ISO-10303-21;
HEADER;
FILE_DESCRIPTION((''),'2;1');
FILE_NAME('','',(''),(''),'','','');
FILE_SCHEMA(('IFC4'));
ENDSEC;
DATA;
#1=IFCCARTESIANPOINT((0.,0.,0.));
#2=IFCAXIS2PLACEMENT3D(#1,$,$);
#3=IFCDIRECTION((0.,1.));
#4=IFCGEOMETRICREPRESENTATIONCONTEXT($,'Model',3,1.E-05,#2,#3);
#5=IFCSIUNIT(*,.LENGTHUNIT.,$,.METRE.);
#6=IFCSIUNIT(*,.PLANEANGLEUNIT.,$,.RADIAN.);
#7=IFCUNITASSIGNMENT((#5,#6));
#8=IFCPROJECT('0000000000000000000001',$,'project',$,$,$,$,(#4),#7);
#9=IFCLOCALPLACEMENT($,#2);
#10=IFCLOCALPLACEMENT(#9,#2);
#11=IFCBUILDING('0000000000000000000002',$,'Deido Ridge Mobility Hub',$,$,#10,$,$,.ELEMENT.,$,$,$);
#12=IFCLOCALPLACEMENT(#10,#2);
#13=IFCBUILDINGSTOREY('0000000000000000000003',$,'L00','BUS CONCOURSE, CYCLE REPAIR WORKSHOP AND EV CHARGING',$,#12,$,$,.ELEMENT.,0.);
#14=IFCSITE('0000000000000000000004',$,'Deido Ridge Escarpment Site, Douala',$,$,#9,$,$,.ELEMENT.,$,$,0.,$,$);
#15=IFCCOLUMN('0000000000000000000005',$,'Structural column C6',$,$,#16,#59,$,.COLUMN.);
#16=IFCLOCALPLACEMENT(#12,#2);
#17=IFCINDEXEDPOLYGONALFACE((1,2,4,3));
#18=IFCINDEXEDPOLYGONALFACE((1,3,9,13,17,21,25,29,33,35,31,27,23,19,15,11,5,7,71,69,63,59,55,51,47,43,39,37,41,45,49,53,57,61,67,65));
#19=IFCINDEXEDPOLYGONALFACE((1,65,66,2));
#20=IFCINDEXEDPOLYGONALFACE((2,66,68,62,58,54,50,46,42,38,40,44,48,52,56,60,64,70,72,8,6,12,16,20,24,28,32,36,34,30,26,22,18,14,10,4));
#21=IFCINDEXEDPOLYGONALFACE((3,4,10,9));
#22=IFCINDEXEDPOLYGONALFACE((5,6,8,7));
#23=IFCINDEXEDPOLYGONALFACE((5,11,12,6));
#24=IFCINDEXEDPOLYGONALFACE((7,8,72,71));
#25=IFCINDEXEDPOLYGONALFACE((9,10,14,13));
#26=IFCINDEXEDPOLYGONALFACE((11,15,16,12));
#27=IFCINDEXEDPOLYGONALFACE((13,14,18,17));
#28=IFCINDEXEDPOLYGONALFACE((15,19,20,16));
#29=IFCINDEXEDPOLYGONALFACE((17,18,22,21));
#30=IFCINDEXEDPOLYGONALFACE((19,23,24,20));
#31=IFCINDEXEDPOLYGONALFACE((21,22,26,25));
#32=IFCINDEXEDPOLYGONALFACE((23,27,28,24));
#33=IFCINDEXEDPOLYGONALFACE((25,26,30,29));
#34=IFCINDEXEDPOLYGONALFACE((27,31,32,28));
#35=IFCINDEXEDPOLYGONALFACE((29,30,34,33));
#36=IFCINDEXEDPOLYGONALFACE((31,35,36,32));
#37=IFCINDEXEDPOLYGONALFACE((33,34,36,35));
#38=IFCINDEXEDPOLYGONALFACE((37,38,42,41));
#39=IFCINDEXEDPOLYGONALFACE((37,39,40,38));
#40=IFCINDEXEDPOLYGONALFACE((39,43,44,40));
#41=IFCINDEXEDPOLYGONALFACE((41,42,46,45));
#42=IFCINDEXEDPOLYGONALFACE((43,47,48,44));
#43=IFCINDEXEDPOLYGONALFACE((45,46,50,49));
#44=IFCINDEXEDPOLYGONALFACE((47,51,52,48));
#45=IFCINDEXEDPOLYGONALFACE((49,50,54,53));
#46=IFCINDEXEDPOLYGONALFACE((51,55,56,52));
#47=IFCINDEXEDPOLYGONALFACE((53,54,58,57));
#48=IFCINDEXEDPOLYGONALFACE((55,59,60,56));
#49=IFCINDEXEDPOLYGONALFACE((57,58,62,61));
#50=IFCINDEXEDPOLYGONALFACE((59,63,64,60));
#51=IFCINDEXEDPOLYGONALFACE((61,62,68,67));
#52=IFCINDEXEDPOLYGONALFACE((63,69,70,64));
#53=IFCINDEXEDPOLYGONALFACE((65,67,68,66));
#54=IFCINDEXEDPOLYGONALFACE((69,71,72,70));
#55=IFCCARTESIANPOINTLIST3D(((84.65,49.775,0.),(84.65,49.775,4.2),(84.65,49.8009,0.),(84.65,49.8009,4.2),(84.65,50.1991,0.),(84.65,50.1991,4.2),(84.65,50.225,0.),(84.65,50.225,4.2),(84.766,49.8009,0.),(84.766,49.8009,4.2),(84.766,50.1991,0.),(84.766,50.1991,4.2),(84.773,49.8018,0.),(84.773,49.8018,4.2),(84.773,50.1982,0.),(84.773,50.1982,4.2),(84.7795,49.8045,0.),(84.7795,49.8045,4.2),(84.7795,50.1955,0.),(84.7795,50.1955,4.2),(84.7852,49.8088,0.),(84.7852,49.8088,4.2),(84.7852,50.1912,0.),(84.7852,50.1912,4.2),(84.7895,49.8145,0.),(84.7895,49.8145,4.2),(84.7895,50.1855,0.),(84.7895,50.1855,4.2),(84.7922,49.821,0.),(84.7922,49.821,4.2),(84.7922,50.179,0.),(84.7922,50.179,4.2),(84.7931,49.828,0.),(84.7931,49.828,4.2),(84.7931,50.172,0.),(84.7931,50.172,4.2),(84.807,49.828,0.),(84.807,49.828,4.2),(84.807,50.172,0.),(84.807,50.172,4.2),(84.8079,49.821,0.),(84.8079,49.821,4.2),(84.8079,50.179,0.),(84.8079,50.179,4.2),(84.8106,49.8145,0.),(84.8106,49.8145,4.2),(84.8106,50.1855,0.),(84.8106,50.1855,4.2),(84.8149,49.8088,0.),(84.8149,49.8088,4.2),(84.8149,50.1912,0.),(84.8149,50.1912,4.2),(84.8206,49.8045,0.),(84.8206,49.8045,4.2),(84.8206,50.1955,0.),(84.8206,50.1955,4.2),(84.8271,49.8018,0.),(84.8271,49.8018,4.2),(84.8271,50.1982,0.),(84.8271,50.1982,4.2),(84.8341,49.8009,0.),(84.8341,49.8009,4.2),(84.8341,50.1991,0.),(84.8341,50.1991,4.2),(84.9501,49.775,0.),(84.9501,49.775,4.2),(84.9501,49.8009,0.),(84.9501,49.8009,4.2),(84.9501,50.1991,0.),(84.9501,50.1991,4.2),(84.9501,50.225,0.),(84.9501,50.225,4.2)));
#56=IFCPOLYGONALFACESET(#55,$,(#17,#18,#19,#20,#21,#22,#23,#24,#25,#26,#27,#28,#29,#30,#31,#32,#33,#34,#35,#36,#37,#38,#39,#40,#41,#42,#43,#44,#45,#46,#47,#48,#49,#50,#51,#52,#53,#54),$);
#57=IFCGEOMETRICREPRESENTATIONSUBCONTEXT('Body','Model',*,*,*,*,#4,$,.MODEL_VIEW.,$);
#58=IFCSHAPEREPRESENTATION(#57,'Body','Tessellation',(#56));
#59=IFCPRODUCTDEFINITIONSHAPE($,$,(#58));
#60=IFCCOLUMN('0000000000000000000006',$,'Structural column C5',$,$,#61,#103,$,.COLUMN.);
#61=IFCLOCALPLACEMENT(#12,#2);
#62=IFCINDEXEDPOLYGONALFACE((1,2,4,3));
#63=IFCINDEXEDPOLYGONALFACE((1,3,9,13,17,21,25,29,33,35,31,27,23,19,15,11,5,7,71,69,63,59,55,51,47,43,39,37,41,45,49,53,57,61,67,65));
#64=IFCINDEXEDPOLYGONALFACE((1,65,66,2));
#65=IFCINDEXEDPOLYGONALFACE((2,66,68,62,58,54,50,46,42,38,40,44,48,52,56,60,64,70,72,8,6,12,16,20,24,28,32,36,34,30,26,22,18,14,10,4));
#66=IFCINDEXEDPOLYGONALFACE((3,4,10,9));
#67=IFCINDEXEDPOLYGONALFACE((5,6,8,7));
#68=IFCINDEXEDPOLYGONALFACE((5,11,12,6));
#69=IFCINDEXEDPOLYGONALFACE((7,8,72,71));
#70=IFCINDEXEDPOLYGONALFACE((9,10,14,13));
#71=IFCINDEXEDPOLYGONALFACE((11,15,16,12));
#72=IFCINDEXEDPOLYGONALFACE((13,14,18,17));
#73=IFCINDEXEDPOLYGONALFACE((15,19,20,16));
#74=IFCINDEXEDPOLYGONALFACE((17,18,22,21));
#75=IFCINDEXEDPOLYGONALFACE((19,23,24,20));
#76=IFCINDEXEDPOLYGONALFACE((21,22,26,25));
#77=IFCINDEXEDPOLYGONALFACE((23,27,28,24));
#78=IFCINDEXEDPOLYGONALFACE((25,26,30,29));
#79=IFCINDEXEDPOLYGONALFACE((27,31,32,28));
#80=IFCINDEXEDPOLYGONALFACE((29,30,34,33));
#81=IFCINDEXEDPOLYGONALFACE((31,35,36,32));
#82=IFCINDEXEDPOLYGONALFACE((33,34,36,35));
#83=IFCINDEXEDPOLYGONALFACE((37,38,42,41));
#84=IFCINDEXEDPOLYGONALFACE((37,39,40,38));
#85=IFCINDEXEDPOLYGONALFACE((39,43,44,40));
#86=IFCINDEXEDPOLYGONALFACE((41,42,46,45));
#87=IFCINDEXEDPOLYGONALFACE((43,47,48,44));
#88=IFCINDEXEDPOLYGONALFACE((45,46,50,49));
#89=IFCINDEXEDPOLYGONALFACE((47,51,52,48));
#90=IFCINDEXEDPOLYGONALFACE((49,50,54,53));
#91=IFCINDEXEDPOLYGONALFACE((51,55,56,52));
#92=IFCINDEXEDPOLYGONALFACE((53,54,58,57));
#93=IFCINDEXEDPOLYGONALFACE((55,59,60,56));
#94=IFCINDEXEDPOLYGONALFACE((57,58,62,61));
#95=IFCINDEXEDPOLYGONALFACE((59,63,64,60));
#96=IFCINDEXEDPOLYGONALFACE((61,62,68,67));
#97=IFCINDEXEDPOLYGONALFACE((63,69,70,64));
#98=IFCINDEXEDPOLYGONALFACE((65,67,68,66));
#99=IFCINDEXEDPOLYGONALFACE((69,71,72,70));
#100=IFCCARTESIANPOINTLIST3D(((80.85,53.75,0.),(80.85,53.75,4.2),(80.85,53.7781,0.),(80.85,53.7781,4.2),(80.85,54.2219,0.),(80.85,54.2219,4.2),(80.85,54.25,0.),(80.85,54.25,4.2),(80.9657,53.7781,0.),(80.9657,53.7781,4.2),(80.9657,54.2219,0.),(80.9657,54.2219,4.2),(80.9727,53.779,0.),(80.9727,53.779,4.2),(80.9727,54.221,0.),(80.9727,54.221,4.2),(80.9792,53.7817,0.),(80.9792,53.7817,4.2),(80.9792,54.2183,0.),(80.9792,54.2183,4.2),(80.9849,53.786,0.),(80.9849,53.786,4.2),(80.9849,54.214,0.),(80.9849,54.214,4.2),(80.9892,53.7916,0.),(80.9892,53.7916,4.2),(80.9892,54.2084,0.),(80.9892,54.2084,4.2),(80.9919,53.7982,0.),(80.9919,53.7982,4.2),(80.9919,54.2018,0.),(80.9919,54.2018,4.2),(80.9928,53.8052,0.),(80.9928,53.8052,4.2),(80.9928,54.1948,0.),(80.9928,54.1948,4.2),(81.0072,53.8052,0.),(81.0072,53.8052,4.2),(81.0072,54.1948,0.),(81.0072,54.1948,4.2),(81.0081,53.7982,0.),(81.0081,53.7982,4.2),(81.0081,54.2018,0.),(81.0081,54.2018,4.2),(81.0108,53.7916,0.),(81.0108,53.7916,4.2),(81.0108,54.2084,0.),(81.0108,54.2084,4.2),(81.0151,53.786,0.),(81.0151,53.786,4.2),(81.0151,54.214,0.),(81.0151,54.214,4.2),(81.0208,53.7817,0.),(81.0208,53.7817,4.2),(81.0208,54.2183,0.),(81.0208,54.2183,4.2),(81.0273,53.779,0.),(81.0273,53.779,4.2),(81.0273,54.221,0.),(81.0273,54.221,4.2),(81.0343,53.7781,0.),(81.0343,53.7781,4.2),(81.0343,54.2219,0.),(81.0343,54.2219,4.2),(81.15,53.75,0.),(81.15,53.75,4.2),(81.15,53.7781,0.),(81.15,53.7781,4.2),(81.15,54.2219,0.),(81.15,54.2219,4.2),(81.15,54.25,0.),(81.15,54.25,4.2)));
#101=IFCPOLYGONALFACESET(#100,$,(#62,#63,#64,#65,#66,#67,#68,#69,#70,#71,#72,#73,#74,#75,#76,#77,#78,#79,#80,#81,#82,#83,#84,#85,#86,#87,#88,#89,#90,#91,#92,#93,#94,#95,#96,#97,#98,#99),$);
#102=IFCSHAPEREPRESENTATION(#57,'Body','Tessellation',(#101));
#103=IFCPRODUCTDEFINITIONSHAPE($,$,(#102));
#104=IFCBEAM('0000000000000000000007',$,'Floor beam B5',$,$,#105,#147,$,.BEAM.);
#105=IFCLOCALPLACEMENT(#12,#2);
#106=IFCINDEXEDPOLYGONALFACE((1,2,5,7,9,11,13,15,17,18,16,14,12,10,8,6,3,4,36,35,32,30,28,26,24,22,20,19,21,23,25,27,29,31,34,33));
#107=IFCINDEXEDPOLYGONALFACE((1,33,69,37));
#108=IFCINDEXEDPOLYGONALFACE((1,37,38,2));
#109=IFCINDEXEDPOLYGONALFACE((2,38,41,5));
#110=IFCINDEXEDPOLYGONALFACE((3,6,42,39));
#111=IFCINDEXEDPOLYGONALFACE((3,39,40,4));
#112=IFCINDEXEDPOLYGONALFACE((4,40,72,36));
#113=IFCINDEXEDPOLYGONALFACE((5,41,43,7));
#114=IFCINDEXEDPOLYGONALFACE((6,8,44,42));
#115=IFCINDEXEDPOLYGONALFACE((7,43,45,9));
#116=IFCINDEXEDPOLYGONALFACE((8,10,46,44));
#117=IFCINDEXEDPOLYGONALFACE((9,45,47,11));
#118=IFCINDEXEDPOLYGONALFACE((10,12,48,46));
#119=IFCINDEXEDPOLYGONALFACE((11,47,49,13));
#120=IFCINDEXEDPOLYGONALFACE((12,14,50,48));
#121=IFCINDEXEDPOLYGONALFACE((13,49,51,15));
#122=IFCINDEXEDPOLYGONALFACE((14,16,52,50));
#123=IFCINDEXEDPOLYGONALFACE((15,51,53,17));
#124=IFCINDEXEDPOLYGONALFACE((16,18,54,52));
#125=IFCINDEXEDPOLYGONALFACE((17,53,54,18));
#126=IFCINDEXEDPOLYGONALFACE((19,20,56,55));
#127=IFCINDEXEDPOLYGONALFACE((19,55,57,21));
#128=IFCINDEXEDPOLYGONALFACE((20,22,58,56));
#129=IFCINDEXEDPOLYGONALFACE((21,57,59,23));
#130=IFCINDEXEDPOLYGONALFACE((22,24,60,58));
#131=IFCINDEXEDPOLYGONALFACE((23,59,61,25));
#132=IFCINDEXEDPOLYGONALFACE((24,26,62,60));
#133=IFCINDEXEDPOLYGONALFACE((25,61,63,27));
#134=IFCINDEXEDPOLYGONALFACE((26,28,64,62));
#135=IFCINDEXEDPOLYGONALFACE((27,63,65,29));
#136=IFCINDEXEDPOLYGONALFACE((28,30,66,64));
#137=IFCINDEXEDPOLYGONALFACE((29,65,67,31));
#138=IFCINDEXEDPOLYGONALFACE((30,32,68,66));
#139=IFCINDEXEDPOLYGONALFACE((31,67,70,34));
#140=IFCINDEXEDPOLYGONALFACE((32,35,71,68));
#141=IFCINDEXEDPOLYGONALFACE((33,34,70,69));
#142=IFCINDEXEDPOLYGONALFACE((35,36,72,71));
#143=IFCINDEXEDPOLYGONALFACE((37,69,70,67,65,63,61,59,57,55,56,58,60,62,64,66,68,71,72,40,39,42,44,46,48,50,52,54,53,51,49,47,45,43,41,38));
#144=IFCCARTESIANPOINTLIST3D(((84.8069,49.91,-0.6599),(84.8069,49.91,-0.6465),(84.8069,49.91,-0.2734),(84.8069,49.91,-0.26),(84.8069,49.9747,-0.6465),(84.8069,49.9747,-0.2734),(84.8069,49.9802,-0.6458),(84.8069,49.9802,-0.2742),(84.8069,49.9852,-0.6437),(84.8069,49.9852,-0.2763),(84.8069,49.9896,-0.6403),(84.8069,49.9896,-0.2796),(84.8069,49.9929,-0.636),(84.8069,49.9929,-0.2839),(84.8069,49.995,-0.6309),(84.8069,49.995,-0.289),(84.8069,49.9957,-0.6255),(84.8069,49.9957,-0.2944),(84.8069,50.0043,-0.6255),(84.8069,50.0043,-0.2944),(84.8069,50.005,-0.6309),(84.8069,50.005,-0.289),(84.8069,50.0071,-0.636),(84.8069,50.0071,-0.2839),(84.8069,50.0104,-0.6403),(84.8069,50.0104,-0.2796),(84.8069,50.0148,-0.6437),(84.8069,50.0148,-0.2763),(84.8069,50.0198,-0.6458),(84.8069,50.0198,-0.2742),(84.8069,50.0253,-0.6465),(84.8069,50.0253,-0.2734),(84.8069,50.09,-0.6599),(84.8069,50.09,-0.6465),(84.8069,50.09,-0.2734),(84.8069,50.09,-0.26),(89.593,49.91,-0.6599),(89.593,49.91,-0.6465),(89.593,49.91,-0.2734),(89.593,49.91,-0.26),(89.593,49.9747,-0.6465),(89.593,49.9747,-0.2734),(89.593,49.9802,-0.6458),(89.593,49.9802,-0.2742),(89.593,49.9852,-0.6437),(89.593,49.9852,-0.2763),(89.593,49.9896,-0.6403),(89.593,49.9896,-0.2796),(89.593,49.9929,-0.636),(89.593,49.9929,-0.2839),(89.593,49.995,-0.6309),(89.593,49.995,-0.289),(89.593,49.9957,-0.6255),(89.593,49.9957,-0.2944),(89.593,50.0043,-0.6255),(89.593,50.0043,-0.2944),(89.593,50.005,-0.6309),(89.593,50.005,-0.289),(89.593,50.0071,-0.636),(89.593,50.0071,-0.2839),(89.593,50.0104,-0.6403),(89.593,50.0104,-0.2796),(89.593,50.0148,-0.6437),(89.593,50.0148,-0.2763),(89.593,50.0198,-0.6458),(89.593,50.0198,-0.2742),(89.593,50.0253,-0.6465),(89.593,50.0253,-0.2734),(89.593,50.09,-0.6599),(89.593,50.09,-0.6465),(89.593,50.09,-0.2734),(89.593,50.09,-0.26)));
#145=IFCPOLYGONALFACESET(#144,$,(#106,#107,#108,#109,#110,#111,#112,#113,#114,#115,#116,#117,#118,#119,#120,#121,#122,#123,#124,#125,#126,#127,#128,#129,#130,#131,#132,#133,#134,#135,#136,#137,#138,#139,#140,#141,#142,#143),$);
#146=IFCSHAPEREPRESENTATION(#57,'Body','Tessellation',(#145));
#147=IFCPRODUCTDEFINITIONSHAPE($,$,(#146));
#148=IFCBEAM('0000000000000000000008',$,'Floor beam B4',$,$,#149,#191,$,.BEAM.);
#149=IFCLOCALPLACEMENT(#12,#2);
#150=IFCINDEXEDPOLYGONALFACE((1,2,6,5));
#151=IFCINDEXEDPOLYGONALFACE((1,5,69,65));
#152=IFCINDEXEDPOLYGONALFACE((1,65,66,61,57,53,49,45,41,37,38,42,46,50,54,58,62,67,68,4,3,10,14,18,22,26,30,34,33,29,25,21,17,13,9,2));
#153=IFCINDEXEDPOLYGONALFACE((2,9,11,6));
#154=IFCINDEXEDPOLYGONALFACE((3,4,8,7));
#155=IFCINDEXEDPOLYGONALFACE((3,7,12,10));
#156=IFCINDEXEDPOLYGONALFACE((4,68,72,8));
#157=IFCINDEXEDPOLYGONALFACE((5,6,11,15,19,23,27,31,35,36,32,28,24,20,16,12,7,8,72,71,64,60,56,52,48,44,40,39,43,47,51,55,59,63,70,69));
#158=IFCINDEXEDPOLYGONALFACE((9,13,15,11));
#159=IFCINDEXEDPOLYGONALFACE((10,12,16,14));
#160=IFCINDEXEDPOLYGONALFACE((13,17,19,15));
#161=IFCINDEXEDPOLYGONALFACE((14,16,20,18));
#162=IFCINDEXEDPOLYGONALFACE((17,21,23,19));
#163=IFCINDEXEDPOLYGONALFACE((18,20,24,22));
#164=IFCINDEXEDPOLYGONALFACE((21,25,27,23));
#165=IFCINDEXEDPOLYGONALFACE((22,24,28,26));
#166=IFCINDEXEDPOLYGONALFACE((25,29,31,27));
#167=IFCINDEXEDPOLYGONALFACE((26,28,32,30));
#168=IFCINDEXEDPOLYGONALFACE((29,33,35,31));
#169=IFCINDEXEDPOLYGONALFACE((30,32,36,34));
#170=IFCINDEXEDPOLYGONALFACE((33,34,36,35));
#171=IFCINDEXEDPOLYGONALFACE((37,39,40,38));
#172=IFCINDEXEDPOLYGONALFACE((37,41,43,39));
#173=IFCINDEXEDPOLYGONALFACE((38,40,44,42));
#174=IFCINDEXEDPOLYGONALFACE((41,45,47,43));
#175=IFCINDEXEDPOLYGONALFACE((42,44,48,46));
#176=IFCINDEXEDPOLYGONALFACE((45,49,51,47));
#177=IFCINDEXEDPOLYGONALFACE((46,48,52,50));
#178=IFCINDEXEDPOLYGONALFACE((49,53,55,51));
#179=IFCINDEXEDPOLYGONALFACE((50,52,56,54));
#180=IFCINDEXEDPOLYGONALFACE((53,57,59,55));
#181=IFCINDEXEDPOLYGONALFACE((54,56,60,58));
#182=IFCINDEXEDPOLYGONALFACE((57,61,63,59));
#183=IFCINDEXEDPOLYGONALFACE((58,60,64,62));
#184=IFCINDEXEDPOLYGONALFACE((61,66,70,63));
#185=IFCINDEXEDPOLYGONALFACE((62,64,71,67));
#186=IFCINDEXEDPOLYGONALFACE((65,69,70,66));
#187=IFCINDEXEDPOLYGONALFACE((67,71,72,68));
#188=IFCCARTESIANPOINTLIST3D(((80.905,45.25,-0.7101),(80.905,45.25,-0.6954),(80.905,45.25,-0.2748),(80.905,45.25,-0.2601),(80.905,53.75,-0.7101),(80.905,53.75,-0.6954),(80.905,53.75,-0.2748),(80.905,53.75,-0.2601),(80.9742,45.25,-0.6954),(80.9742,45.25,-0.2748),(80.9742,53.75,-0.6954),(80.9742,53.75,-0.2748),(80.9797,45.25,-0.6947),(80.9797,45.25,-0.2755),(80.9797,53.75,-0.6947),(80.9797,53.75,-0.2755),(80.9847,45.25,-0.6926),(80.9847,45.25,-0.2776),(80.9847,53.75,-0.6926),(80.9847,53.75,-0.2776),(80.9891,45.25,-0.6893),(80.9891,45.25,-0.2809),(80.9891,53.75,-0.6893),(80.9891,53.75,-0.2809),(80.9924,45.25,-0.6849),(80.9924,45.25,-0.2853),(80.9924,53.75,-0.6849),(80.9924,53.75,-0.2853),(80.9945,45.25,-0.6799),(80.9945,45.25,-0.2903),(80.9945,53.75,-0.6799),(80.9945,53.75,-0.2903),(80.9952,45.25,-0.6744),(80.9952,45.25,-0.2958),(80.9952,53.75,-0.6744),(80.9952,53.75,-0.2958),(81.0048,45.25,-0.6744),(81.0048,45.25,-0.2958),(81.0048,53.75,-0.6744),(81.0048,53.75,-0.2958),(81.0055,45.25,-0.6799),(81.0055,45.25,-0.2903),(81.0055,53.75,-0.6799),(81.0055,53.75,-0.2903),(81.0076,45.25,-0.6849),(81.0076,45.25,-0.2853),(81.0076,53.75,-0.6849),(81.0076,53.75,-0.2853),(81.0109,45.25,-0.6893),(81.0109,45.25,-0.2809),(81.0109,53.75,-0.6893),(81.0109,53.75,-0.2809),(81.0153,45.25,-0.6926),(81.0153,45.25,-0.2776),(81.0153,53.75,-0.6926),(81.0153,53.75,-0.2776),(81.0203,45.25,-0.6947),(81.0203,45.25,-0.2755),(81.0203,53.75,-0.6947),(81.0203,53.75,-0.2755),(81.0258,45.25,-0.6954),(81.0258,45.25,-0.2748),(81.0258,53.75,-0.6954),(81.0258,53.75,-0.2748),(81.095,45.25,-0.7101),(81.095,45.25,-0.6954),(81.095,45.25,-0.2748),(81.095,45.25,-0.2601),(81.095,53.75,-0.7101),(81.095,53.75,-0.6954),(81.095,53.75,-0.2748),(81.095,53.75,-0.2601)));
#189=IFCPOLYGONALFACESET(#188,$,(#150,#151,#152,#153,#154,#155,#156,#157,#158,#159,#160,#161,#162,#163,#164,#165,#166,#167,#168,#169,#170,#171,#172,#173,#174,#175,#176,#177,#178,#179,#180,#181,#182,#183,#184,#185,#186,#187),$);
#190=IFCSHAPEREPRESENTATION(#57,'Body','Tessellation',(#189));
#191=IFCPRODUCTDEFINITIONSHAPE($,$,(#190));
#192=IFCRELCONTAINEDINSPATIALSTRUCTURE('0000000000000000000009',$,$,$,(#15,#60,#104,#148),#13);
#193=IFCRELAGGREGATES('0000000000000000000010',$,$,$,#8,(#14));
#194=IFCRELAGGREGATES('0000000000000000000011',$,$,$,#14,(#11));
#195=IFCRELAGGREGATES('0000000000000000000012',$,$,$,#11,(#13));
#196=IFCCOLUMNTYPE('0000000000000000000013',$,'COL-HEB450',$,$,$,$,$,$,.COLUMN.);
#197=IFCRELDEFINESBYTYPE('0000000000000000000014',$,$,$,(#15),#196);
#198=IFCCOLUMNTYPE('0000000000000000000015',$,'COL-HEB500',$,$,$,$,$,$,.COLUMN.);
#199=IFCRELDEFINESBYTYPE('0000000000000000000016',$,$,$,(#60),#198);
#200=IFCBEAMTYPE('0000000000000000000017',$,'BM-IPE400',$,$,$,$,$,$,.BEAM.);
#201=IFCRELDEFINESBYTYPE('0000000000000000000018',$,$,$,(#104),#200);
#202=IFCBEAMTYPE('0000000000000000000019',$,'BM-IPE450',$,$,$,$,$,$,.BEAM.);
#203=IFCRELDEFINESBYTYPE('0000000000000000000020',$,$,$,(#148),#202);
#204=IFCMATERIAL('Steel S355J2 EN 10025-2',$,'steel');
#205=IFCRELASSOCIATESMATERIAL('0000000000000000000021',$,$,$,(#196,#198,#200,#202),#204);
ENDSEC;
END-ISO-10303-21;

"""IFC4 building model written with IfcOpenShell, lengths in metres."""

from ifc_helpers import new_model, si_unit, direction, frame, origin, origin_2d, place, context, subcontext, project, spatial, i_section, extrude, material, material_profile, profile_set, type_object, element, save


model = new_model("IFC4")

# Units and contexts
model_context = context("Model", 3, precision=1e-05, world=origin(), true_north=direction((0.0, 1.0)))
body_context = subcontext(model_context, "Body", "Model", "MODEL_VIEW")
ifc_project = project(units=[si_unit("LENGTHUNIT", "METRE"), si_unit("PLANEANGLEUNIT", "RADIAN")], contexts=[model_context])

# Site, building, storey
site_placement = place(None, origin())
site = spatial("IfcSite", under=ifc_project, at=site_placement, Name="Deido Ridge Escarpment Site, Douala", CompositionType="ELEMENT", RefElevation=0.0)
building_placement = place(site_placement, origin())
building = spatial("IfcBuilding", under=site, at=building_placement, Name="Deido Ridge Mobility Hub", CompositionType="ELEMENT")
storey_placement = place(building_placement, origin())
storey = spatial("IfcBuildingStorey", under=building, at=storey_placement, Name="L00", Description="BUS CONCOURSE, CYCLE REPAIR WORKSHOP AND EV CHARGING", CompositionType="ELEMENT", Elevation=0.0)

# Columns
ifc_material_1 = material(Name="Steel S355J2 EN 10025-2", Category="steel")
ifc_material_profile_1 = material_profile(ifc_material_1, i_section(OverallWidth=0.3, OverallDepth=0.45, WebThickness=0.0139, FlangeThickness=0.0259, FilletRadius=0.0271, at=origin_2d()), Name="HEB 450")
ifc_profile_set_1 = profile_set([ifc_material_profile_1], Name="Steel S355J2 EN 10025-2")
column_type_1 = type_object("IfcColumnType", Name="COL-HEB450", PredefinedType="COLUMN", material=ifc_profile_set_1)
column_1_placement = place(storey_placement, frame((84.8, 50.0, 0.0), z_axis=(0.0, 0.0, 1.0), x_axis=(1.0, 0.0, 0.0)))
element("IfcColumn", 1, at=column_1_placement, inside=storey, type_object=column_type_1, Name="Structural column C6", PredefinedType="COLUMN", context=body_context, shape_type="SweptSolid", body=[
    extrude(i_section(OverallWidth=0.3, OverallDepth=0.45, WebThickness=0.0139, FlangeThickness=0.0259, FilletRadius=0.0271, at=origin_2d()), origin(), (0.0, 0.0, 1.0), 4.2),
])
ifc_material_profile_2 = material_profile(ifc_material_1, i_section(OverallWidth=0.3, OverallDepth=0.5, WebThickness=0.0144, FlangeThickness=0.0281, FilletRadius=0.0271, at=origin_2d()), Name="HEB 500")
ifc_profile_set_2 = profile_set([ifc_material_profile_2], Name="Steel S355J2 EN 10025-2")
column_type_2 = type_object("IfcColumnType", Name="COL-HEB500", PredefinedType="COLUMN", material=ifc_profile_set_2)
column_2_placement = place(storey_placement, frame((81.0, 54.0, 0.0), z_axis=(0.0, 0.0, 1.0), x_axis=(1.0, 0.0, 0.0)))
element("IfcColumn", 2, at=column_2_placement, inside=storey, type_object=column_type_2, Name="Structural column C5", PredefinedType="COLUMN", context=body_context, shape_type="SweptSolid", body=[
    extrude(i_section(OverallWidth=0.3, OverallDepth=0.5, WebThickness=0.0144, FlangeThickness=0.0281, FilletRadius=0.0271, at=origin_2d()), origin(), (0.0, 0.0, 1.0), 4.2),
])

# Beams
ifc_material_profile_3 = material_profile(ifc_material_1, i_section(OverallWidth=0.1799, OverallDepth=0.3999, WebThickness=0.0085, FlangeThickness=0.0134, FilletRadius=0.021, at=origin_2d()), Name="IPE 400")
ifc_profile_set_3 = profile_set([ifc_material_profile_3], Name="Steel S355J2 EN 10025-2")
beam_type_1 = type_object("IfcBeamType", Name="BM-IPE400", PredefinedType="BEAM", material=ifc_profile_set_3)
beam_1_placement = place(storey_placement, frame((84.8069, 50.0, -0.46), z_axis=(1.0, 0.0, 0.0), x_axis=(0.0, 1.0, 0.0)))
element("IfcBeam", 3, at=beam_1_placement, inside=storey, type_object=beam_type_1, Name="Floor beam B5", PredefinedType="BEAM", context=body_context, shape_type="SweptSolid", body=[
    extrude(i_section(OverallWidth=0.1799, OverallDepth=0.3999, WebThickness=0.0085, FlangeThickness=0.0134, FilletRadius=0.021, at=origin_2d()), origin(), (0.0, 0.0, 1.0), 4.7861),
])
ifc_material_profile_4 = material_profile(ifc_material_1, i_section(OverallWidth=0.1899, OverallDepth=0.45, WebThickness=0.0095, FlangeThickness=0.0146, FilletRadius=0.021, at=origin_2d()), Name="IPE 450")
ifc_profile_set_4 = profile_set([ifc_material_profile_4], Name="Steel S355J2 EN 10025-2")
beam_type_2 = type_object("IfcBeamType", Name="BM-IPE450", PredefinedType="BEAM", material=ifc_profile_set_4)
beam_2_placement = place(storey_placement, frame((81.0, 45.25, -0.4851), z_axis=(0.0, 1.0, 0.0), x_axis=(-1.0, 0.0, 0.0)))
element("IfcBeam", 4, at=beam_2_placement, inside=storey, type_object=beam_type_2, Name="Floor beam B4", PredefinedType="BEAM", context=body_context, shape_type="SweptSolid", body=[
    extrude(i_section(OverallWidth=0.1899, OverallDepth=0.45, WebThickness=0.0095, FlangeThickness=0.0146, FilletRadius=0.021, at=origin_2d()), origin(), (0.0, 0.0, 1.0), 8.5),
])

save(model, "model.ifc")
